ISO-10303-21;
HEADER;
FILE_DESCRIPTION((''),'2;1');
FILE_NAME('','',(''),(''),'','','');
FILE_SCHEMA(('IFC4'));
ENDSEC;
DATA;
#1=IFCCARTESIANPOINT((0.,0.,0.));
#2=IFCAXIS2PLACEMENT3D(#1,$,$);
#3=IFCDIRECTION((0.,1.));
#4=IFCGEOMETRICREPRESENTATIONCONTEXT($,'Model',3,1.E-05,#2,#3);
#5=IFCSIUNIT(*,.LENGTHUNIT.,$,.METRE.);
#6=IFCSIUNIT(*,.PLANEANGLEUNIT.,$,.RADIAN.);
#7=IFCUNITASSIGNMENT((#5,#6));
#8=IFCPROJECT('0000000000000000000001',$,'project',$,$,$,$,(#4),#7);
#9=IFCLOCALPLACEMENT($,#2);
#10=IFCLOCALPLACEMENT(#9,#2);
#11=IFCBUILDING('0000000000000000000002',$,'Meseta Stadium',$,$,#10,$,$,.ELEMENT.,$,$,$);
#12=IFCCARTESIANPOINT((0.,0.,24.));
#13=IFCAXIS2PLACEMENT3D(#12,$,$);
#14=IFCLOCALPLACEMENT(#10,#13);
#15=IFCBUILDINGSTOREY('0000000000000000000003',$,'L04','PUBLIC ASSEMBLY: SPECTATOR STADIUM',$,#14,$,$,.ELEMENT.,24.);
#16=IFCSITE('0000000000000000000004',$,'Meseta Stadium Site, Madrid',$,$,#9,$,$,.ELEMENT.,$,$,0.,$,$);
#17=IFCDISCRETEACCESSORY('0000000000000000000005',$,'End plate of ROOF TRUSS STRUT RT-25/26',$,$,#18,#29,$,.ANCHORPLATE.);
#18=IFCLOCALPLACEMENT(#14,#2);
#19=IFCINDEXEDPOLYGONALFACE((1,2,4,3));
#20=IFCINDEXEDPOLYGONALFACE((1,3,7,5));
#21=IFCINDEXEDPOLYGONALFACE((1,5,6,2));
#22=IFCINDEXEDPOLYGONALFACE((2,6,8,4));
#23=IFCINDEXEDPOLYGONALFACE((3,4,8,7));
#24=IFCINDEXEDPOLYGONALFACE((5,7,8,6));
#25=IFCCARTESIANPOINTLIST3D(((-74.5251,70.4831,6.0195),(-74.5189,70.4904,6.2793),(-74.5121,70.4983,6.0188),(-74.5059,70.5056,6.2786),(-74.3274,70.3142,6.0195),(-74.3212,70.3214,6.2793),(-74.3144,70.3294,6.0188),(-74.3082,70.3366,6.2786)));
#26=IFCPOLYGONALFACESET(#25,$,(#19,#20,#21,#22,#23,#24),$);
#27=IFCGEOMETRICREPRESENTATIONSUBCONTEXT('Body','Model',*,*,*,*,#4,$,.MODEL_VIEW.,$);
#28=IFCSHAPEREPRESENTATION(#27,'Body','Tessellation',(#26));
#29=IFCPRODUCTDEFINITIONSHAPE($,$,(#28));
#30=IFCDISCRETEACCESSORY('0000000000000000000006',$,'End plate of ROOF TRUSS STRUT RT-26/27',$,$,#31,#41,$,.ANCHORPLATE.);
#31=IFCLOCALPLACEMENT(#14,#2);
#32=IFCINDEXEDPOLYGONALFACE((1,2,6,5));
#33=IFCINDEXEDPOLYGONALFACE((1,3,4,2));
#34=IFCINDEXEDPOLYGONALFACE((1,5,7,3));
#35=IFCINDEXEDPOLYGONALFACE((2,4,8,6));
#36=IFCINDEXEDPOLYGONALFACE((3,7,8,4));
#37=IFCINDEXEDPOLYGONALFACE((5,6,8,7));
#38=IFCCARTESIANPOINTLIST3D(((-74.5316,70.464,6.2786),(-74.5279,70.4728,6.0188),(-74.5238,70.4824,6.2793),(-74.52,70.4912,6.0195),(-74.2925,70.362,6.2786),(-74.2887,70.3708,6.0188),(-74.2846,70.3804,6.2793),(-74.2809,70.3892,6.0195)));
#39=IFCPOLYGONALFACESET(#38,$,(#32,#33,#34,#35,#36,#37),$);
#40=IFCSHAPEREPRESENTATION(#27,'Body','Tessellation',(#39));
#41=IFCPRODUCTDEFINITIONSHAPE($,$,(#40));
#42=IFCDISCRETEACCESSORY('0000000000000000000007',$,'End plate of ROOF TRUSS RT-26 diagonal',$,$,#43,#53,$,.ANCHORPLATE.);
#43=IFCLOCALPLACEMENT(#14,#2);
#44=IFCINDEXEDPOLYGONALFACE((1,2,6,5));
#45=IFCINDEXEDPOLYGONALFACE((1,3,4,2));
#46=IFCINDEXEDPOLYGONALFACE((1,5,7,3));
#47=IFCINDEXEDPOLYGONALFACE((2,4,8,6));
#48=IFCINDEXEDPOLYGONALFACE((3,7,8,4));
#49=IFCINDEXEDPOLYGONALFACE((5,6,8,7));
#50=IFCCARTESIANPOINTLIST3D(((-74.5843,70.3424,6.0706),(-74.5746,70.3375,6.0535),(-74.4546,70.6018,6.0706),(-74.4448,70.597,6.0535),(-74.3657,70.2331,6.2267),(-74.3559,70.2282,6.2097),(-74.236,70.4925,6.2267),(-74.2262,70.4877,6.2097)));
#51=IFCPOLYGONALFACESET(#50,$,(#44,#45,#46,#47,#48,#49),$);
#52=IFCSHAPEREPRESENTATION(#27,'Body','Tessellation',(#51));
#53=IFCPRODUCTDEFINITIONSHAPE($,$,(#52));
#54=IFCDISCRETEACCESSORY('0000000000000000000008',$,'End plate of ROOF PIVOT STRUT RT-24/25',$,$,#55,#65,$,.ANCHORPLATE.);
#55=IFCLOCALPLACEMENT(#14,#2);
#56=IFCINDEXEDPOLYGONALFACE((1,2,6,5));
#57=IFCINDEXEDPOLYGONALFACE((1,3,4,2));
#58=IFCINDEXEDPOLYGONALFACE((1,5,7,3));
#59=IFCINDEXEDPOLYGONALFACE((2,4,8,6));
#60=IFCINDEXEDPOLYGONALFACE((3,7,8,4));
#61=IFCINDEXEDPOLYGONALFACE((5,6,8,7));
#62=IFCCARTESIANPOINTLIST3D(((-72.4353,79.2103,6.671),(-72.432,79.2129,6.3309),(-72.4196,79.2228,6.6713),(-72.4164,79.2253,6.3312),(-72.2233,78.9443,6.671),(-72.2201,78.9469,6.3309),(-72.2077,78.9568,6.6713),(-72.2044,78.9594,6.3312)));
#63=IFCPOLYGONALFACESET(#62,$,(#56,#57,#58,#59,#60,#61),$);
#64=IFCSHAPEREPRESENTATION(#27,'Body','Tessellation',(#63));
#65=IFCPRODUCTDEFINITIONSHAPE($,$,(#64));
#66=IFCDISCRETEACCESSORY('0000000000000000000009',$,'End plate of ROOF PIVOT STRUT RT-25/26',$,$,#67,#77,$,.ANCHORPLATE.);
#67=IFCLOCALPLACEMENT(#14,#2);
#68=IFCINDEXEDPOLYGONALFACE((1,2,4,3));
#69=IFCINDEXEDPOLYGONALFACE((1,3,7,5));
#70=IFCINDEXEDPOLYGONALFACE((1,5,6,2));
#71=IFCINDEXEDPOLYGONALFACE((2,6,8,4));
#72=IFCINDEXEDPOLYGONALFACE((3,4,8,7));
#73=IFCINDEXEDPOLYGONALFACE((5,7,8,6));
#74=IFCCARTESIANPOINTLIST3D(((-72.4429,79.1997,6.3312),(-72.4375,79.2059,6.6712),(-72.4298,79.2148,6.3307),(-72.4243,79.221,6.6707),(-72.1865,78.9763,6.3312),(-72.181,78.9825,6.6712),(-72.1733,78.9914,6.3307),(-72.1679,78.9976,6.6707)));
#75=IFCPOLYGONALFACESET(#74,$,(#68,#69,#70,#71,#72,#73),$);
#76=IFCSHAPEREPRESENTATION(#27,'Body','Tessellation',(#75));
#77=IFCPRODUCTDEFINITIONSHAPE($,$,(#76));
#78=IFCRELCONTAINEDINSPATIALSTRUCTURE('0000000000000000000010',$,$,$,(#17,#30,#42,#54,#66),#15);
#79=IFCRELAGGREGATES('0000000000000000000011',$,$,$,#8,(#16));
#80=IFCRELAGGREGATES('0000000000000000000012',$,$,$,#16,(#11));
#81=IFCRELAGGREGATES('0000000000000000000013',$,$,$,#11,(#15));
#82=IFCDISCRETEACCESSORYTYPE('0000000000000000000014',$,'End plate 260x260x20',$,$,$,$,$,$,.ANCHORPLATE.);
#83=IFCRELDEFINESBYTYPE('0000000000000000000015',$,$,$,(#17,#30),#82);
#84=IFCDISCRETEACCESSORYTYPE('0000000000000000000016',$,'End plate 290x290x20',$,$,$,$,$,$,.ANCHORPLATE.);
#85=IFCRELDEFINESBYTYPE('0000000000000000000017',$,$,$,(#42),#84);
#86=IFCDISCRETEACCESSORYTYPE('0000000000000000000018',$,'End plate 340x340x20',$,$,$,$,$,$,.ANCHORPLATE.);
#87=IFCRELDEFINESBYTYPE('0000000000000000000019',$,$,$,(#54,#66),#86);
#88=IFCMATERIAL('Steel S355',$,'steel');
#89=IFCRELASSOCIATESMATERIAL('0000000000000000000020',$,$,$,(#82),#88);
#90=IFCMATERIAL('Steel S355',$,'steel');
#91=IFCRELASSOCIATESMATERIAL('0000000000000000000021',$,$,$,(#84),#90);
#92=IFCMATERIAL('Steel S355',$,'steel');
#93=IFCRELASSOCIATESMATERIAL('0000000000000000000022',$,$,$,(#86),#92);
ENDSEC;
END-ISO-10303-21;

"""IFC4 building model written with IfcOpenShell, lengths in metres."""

from ifc_helpers import new_model, si_unit, direction, frame, origin, origin_2d, place, context, subcontext, project, spatial, rectangle, extrude, material, material_profile, profile_set, type_object, element, save


model = new_model("IFC4")

# Units and contexts
model_context = context("Model", 3, precision=1e-05, world=origin(), true_north=direction((0.0, 1.0)))
body_context = subcontext(model_context, "Body", "Model", "MODEL_VIEW")
ifc_project = project(units=[si_unit("LENGTHUNIT", "METRE"), si_unit("PLANEANGLEUNIT", "RADIAN")], contexts=[model_context])

# Site, building, storey
site_placement = place(None, origin())
site = spatial("IfcSite", under=ifc_project, at=site_placement, Name="Meseta Stadium Site, Madrid", CompositionType="ELEMENT", RefElevation=0.0)
building_placement = place(site_placement, origin())
building = spatial("IfcBuilding", under=site, at=building_placement, Name="Meseta Stadium", CompositionType="ELEMENT")
storey_placement = place(building_placement, frame((0.0, 0.0, 24.0)))
storey = spatial("IfcBuildingStorey", under=building, at=storey_placement, Name="L04", Description="PUBLIC ASSEMBLY: SPECTATOR STADIUM", CompositionType="ELEMENT", Elevation=24.0)

# Discrete accessories
ifc_material_1 = material(Name="Steel S355", Category="steel")
ifc_material_profile_1 = material_profile(ifc_material_1, rectangle(XDim=0.26, YDim=0.26, at=origin_2d()), Name="PL 260x260")
ifc_profile_set_1 = profile_set([ifc_material_profile_1], Name="Steel S355")
discrete_accessory_type_1 = type_object("IfcDiscreteAccessoryType", Name="End plate 260x260x20", PredefinedType="ANCHORPLATE", material=ifc_profile_set_1)
for number, where, z_axis, x_axis, name in (
    (1, (-74.4102, 70.4175, 6.1487), (-0.649342, -0.759608, 0.036755), (0.760121, -0.649781, 0.0), "End plate of ROOF TRUSS STRUT RT-25/26"),
    (2, (-74.4023, 70.4358, 6.1494), (-0.392173, -0.919156, -0.036766), (0.919778, -0.392439, 0.0), "End plate of ROOF TRUSS STRUT RT-26/27"),
):
    element("IfcDiscreteAccessory", number, at=place(storey_placement, frame(where, z_axis=z_axis, x_axis=x_axis)), inside=storey, type_object=discrete_accessory_type_1, Name=name, PredefinedType="ANCHORPLATE", context=body_context, shape_type="SweptSolid", body=[
        extrude(rectangle(XDim=0.26, YDim=0.26, at=origin_2d()), origin(), (0.0, 0.0, 1.0), 0.02),
    ])
ifc_material_2 = material(Name="Steel S355", Category="steel")
ifc_material_profile_2 = material_profile(ifc_material_2, rectangle(XDim=0.29, YDim=0.29, at=origin_2d()), Name="PL 290x290")
ifc_profile_set_2 = profile_set([ifc_material_profile_2], Name="Steel S355")
discrete_accessory_type_2 = type_object("IfcDiscreteAccessoryType", Name="End plate 290x290x20", PredefinedType="ANCHORPLATE", material=ifc_profile_set_2)
discrete_accessory_1_placement = place(storey_placement, frame((-74.4004, 70.4126, 6.1316), z_axis=(-0.481543, 0.240772, 0.842701), x_axis=(-0.447214, -0.894427, 0.0)))
element("IfcDiscreteAccessory", 3, at=discrete_accessory_1_placement, inside=storey, type_object=discrete_accessory_type_2, Name="End plate of ROOF TRUSS RT-26 diagonal", PredefinedType="ANCHORPLATE", context=body_context, shape_type="SweptSolid", body=[
    extrude(rectangle(XDim=0.29, YDim=0.29, at=origin_2d()), origin(), (0.0, 0.0, 1.0), 0.0203),
])
ifc_material_3 = material(Name="Steel S355", Category="steel")
ifc_material_profile_3 = material_profile(ifc_material_3, rectangle(XDim=0.3401, YDim=0.3401, at=origin_2d()), Name="PL 340x340")
ifc_profile_set_3 = profile_set([ifc_material_profile_3], Name="Steel S355")
discrete_accessory_type_3 = type_object("IfcDiscreteAccessoryType", Name="End plate 340x340x20", PredefinedType="ANCHORPLATE", material=ifc_profile_set_3)
for number, where, z_axis, x_axis, name in (
    (4, (-72.312, 79.0911, 6.5012), (-0.782001, -0.623157, -0.012219), (0.623204, -0.78206, 0.0), "End plate of ROOF PIVOT STRUT RT-24/25"),
    (5, (-72.2988, 79.1062, 6.5007), (-0.656587, -0.753859, 0.024318), (0.754082, -0.656781, 0.0), "End plate of ROOF PIVOT STRUT RT-25/26"),
):
    element("IfcDiscreteAccessory", number, at=place(storey_placement, frame(where, z_axis=z_axis, x_axis=x_axis)), inside=storey, type_object=discrete_accessory_type_3, Name=name, PredefinedType="ANCHORPLATE", context=body_context, shape_type="SweptSolid", body=[
        extrude(rectangle(XDim=0.3401, YDim=0.3401, at=origin_2d()), origin(), (0.0, 0.0, 1.0), 0.02),
    ])

save(model, "model.ifc")
